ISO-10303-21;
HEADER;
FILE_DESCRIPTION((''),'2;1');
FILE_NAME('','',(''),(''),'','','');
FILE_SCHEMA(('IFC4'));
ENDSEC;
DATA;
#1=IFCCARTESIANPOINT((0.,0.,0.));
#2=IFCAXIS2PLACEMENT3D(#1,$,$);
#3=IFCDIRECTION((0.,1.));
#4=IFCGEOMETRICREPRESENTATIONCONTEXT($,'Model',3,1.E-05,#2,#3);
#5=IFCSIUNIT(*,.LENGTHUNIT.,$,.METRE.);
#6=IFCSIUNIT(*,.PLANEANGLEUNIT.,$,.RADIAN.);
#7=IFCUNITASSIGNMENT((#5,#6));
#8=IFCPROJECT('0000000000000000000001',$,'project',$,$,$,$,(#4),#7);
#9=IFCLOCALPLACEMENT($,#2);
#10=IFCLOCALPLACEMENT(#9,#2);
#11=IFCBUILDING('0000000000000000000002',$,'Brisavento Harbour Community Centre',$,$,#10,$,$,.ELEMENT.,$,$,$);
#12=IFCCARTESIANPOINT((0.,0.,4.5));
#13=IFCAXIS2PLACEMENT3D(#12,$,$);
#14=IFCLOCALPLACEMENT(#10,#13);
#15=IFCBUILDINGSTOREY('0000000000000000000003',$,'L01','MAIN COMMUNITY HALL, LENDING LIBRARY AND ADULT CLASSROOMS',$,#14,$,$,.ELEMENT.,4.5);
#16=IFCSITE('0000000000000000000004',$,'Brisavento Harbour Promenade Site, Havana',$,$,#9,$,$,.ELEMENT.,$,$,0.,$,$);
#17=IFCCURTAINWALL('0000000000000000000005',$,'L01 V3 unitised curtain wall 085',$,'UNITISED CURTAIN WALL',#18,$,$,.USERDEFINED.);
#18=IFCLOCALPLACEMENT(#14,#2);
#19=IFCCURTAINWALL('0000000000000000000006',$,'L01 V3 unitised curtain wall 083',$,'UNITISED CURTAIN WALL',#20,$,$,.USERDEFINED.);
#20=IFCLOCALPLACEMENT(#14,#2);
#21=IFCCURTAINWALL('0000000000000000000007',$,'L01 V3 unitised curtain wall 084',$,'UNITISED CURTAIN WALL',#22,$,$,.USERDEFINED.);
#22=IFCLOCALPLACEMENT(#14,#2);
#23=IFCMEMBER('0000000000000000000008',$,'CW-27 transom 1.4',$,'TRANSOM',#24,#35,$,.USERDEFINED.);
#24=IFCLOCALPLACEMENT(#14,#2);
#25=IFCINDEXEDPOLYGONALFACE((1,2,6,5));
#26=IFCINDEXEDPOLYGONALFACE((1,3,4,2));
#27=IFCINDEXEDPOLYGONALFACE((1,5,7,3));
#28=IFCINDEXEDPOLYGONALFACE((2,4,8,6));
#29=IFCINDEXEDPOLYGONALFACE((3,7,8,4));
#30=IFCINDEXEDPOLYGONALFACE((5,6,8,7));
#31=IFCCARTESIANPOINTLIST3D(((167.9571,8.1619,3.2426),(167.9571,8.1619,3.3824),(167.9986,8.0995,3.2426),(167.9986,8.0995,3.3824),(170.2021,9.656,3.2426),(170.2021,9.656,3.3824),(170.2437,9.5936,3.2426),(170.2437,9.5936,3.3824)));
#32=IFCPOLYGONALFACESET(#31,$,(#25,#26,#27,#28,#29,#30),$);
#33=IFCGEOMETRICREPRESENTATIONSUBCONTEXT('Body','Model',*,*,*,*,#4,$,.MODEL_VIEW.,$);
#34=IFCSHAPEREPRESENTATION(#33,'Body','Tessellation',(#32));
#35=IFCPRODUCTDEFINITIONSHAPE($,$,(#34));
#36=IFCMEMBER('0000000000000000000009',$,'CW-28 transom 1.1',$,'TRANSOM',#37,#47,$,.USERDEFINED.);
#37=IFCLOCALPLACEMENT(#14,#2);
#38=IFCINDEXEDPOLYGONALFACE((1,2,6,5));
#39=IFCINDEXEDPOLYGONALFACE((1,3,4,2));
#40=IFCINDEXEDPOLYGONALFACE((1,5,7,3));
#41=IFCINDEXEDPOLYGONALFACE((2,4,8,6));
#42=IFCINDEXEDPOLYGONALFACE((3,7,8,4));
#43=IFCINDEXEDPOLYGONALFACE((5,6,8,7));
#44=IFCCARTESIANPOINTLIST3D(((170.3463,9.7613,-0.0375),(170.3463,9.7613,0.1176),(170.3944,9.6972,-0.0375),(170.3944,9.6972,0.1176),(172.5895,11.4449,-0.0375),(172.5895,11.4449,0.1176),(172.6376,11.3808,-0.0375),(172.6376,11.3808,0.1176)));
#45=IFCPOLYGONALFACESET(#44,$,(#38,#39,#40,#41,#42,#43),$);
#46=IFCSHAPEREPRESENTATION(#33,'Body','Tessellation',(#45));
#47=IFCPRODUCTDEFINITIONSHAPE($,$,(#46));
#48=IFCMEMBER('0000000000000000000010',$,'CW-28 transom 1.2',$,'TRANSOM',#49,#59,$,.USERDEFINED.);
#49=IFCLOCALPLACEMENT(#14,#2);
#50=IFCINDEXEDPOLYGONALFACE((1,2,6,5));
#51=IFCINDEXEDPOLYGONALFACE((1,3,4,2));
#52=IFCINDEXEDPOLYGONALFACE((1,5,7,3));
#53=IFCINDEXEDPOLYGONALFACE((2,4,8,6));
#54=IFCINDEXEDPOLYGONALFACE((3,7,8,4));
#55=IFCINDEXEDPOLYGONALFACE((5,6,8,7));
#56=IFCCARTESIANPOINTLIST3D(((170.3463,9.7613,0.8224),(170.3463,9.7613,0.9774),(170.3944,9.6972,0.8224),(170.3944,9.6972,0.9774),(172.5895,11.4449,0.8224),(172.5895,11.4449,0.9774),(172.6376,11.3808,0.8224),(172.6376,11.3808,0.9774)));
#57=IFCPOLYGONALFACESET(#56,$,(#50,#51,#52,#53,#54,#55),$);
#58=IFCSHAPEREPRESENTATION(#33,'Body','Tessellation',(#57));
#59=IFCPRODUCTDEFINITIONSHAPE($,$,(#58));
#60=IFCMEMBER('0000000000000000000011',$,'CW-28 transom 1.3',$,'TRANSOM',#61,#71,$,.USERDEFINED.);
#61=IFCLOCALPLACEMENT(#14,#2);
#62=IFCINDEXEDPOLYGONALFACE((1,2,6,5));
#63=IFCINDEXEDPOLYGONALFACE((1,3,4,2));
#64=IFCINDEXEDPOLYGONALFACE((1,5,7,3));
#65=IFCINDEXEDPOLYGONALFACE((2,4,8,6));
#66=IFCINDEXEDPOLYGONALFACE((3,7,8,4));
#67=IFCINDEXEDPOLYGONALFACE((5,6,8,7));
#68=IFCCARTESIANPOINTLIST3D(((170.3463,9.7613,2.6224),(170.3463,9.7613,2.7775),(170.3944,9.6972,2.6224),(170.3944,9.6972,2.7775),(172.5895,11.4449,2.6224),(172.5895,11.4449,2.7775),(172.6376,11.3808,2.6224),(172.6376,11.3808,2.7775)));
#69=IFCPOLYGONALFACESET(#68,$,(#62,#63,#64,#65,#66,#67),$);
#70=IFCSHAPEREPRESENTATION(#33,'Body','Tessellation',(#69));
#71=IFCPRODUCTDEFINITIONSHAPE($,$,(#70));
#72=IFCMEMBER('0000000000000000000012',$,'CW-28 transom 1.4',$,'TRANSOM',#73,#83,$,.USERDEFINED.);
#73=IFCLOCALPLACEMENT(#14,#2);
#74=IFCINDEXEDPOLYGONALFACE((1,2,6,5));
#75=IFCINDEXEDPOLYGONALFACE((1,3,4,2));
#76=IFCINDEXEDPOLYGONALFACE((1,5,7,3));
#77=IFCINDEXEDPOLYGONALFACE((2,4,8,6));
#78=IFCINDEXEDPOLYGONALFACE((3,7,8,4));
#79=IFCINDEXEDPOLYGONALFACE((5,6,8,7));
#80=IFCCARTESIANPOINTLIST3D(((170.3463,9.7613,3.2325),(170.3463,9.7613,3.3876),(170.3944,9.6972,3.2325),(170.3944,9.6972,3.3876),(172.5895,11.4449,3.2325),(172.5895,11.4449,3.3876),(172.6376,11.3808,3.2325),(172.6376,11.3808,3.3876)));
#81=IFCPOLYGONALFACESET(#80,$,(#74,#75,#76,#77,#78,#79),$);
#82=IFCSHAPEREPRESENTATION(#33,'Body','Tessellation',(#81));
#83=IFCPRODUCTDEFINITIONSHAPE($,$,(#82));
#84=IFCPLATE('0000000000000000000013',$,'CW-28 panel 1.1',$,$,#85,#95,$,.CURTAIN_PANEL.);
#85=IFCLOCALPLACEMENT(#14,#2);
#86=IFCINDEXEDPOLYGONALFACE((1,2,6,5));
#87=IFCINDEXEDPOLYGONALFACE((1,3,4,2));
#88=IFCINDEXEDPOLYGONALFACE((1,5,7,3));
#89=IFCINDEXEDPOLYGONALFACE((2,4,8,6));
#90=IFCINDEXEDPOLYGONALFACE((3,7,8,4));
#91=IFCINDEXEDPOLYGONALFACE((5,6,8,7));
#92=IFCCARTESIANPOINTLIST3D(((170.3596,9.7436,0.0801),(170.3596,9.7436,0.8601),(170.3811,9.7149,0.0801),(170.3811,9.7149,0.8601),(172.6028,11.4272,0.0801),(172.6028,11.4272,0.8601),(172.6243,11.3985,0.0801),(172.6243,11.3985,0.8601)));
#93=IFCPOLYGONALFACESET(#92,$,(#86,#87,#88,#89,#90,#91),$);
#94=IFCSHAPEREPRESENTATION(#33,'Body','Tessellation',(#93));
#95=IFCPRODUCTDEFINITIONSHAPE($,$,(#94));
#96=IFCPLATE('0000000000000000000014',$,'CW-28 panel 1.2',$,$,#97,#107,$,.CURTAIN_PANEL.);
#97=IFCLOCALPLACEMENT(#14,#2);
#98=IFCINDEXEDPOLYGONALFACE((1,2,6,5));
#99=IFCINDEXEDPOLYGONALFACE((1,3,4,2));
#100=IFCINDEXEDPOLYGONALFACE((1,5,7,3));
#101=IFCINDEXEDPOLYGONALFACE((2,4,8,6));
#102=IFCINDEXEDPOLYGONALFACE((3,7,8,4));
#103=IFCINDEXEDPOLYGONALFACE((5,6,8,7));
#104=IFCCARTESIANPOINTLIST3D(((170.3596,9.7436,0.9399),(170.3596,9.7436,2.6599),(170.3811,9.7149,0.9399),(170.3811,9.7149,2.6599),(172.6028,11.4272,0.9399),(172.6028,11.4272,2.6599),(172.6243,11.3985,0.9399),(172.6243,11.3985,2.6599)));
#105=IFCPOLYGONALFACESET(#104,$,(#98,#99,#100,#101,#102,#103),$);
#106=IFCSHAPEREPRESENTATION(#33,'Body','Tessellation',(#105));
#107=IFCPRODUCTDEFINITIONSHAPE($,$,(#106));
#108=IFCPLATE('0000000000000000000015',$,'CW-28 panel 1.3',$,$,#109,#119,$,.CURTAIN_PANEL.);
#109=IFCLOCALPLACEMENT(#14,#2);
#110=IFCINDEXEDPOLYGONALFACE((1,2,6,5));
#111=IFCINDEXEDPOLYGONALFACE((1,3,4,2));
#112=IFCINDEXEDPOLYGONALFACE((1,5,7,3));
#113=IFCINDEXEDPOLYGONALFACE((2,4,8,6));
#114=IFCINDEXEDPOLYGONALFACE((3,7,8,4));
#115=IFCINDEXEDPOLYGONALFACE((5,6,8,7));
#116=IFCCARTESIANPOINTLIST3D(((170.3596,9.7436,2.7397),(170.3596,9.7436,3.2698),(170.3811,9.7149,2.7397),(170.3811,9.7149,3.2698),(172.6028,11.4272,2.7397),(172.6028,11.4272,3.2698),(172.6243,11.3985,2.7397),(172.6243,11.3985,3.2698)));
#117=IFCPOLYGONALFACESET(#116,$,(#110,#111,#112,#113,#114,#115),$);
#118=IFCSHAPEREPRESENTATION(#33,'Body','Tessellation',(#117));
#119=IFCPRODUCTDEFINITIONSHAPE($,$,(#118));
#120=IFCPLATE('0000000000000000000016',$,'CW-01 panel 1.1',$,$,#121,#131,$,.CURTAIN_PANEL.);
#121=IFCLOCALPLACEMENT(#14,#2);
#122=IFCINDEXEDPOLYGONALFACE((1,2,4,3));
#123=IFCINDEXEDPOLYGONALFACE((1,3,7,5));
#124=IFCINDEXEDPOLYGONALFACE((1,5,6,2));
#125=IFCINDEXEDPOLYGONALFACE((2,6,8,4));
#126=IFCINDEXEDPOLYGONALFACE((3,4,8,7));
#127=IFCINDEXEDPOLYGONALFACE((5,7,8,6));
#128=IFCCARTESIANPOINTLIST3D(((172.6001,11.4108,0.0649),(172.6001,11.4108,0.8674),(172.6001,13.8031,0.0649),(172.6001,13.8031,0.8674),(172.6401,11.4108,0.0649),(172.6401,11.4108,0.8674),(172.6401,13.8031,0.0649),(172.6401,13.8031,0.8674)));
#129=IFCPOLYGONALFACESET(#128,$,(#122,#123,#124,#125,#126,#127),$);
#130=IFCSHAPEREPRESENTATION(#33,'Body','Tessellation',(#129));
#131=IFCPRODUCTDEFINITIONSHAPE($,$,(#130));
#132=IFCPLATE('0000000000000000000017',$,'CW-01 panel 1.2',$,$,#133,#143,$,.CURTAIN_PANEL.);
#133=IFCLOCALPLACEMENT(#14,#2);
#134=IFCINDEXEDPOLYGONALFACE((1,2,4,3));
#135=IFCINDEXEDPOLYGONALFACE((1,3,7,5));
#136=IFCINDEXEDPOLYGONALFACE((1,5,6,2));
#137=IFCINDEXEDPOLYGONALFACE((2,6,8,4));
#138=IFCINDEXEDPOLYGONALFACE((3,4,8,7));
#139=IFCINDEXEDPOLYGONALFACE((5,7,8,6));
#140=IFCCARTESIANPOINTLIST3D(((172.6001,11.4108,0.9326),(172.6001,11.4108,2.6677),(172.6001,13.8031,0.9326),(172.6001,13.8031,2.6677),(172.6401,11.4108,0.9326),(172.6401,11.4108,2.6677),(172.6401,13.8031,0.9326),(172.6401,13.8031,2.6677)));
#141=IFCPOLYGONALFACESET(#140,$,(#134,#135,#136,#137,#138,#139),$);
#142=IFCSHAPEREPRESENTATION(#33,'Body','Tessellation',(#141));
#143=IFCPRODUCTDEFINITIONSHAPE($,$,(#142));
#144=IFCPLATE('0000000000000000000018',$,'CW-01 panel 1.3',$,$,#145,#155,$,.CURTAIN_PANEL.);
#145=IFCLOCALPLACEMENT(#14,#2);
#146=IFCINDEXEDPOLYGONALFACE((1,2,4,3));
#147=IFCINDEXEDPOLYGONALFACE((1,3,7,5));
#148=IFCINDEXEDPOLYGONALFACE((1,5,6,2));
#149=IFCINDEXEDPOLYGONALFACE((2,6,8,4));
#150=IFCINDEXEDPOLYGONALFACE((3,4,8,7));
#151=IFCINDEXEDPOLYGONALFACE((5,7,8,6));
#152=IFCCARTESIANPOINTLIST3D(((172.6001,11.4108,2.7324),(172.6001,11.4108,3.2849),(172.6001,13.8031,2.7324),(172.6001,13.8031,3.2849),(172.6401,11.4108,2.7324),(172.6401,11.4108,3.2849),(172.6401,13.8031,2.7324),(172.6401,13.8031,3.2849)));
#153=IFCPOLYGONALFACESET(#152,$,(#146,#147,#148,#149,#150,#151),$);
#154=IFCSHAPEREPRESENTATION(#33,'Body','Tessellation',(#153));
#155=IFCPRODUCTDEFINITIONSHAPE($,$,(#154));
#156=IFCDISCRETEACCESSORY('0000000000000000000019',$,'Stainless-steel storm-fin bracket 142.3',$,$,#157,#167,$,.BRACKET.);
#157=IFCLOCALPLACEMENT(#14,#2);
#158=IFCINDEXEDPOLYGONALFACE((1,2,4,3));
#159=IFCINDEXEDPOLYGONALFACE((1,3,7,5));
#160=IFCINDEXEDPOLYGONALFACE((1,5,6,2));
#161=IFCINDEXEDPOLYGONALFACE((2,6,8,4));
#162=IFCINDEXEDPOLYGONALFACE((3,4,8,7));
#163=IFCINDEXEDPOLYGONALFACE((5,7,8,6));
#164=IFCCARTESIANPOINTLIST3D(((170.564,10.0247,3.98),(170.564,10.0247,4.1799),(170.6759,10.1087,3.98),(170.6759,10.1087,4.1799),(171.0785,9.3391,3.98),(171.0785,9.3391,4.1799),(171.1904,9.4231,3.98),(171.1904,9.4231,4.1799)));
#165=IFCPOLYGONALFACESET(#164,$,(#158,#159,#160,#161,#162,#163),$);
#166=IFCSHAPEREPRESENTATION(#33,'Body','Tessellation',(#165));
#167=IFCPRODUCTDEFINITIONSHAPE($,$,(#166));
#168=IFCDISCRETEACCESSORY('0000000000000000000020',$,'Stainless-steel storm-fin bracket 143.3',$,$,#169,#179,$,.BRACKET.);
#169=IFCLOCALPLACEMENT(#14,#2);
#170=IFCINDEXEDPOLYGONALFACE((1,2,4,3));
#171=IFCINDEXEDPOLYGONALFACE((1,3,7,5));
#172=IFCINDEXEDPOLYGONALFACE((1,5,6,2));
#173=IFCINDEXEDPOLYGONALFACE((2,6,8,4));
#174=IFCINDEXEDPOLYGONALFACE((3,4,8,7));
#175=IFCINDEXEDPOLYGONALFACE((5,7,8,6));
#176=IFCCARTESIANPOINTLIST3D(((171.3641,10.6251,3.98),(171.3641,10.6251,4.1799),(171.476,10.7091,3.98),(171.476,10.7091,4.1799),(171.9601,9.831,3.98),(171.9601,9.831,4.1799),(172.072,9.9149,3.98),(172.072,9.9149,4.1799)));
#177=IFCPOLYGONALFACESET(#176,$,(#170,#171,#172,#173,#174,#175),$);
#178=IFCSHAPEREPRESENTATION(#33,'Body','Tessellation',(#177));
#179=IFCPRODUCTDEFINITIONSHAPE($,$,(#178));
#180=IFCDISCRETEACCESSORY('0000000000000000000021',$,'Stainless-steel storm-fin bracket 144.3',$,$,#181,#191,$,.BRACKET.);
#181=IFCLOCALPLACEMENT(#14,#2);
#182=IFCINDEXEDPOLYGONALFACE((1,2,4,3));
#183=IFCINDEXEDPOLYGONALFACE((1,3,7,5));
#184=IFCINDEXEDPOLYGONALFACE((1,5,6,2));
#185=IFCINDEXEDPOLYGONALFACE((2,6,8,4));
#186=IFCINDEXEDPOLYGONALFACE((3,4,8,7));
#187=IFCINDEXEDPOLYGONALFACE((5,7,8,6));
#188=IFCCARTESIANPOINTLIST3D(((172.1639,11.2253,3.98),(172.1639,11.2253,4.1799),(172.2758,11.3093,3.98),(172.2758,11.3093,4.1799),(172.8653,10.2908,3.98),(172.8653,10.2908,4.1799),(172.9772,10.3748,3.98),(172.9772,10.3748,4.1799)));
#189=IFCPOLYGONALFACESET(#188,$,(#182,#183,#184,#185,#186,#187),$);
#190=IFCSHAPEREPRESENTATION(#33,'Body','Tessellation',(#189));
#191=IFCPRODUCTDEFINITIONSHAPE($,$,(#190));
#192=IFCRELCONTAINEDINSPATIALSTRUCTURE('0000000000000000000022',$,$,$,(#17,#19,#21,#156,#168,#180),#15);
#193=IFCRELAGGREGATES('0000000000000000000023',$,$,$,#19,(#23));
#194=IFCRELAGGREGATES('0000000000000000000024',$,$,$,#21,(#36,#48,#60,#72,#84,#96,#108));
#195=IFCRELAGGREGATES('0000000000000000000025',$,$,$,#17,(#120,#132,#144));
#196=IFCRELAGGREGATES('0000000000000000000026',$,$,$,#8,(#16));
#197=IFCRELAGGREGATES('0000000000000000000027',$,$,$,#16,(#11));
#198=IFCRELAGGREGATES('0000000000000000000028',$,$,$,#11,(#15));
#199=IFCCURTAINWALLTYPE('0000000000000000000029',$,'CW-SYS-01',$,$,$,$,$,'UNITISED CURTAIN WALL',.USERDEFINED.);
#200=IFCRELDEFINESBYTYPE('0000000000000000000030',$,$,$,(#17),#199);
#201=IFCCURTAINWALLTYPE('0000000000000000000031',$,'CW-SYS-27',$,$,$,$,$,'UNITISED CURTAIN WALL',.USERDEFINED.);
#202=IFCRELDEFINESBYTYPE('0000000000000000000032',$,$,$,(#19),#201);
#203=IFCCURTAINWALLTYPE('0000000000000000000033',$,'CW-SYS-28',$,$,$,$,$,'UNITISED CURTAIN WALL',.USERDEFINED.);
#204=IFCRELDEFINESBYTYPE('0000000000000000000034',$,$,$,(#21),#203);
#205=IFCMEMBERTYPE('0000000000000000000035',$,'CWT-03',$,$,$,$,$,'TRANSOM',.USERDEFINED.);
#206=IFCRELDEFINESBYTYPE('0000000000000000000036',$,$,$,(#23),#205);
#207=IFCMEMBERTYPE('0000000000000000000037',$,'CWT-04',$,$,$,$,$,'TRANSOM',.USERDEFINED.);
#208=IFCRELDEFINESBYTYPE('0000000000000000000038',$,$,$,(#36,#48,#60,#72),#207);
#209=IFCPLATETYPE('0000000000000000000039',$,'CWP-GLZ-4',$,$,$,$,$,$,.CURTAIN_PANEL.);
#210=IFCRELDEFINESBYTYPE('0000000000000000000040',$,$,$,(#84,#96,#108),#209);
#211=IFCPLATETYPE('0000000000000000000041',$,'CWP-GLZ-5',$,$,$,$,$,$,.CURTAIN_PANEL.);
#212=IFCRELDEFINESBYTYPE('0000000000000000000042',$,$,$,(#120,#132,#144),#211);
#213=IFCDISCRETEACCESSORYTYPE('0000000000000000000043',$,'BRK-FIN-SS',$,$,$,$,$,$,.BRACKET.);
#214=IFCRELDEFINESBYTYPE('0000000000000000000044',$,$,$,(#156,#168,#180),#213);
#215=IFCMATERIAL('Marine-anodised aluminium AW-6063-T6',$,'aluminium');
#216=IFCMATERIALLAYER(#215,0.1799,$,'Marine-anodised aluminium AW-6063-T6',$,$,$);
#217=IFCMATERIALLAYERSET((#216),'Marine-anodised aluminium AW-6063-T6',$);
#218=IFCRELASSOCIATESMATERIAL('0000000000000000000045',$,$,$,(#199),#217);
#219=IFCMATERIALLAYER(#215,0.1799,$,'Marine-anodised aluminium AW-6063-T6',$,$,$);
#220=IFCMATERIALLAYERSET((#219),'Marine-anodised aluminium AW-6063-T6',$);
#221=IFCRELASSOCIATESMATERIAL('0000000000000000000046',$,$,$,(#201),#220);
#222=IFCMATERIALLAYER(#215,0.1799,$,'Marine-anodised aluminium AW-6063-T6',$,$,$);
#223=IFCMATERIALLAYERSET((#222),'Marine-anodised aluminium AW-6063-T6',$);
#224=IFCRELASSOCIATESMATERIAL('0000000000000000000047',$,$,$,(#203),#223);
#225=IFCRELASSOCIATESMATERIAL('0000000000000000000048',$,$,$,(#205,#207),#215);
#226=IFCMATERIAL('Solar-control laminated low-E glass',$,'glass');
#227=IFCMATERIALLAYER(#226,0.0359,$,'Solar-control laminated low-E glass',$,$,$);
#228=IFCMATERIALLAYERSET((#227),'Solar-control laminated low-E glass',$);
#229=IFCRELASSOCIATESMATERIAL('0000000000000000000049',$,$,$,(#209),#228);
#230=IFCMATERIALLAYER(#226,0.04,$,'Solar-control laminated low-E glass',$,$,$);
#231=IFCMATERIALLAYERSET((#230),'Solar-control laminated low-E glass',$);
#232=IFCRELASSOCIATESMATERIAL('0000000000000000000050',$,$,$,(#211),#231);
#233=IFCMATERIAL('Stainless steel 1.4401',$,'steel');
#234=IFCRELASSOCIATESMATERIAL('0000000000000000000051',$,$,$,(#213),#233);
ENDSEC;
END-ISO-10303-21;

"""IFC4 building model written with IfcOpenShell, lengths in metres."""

from ifc_helpers import new_model, si_unit, direction, frame, origin, origin_2d, place, context, subcontext, project, spatial, rectangle, extrude, material, layer, layer_set, material_profile, profile_set, type_object, element, aggregate, save


model = new_model("IFC4")

# Units and contexts
model_context = context("Model", 3, precision=1e-05, world=origin(), true_north=direction((0.0, 1.0)))
body_context = subcontext(model_context, "Body", "Model", "MODEL_VIEW")
ifc_project = project(units=[si_unit("LENGTHUNIT", "METRE"), si_unit("PLANEANGLEUNIT", "RADIAN")], contexts=[model_context])

# Site, building, storey
site_placement = place(None, origin())
site = spatial("IfcSite", under=ifc_project, at=site_placement, Name="Brisavento Harbour Promenade Site, Havana", CompositionType="ELEMENT", RefElevation=0.0)
building_placement = place(site_placement, origin())
building = spatial("IfcBuilding", under=site, at=building_placement, Name="Brisavento Harbour Community Centre", CompositionType="ELEMENT")
storey_placement = place(building_placement, frame((0.0, 0.0, 4.5)))
storey = spatial("IfcBuildingStorey", under=building, at=storey_placement, Name="L01", Description="MAIN COMMUNITY HALL, LENDING LIBRARY AND ADULT CLASSROOMS", CompositionType="ELEMENT", Elevation=4.5)

# Curtain wall
ifc_material_1 = material(Name="Marine-anodised aluminium AW-6063-T6", Category="aluminium")
ifc_layer_1 = layer(ifc_material_1, 0.1799, Name="Marine-anodised aluminium AW-6063-T6")
ifc_layer_set_1 = layer_set([ifc_layer_1], Name="Marine-anodised aluminium AW-6063-T6")
curtain_wall_type_1 = type_object("IfcCurtainWallType", Name="CW-SYS-01", ElementType="UNITISED CURTAIN WALL", PredefinedType="USERDEFINED", material=ifc_layer_set_1)
curtain_wall_1_placement = place(storey_placement, origin())
curtain_wall_1 = element("IfcCurtainWall", 1, at=curtain_wall_1_placement, inside=storey, type_object=curtain_wall_type_1, Name="L01 V3 unitised curtain wall 085", ObjectType="UNITISED CURTAIN WALL", PredefinedType="USERDEFINED")

# Curtain wall
ifc_layer_2 = layer(ifc_material_1, 0.1799, Name="Marine-anodised aluminium AW-6063-T6")
ifc_layer_set_2 = layer_set([ifc_layer_2], Name="Marine-anodised aluminium AW-6063-T6")
curtain_wall_type_2 = type_object("IfcCurtainWallType", Name="CW-SYS-27", ElementType="UNITISED CURTAIN WALL", PredefinedType="USERDEFINED", material=ifc_layer_set_2)
curtain_wall_2_placement = place(storey_placement, origin())
curtain_wall_2 = element("IfcCurtainWall", 2, at=curtain_wall_2_placement, inside=storey, type_object=curtain_wall_type_2, Name="L01 V3 unitised curtain wall 083", ObjectType="UNITISED CURTAIN WALL", PredefinedType="USERDEFINED")

# Curtain wall
ifc_layer_3 = layer(ifc_material_1, 0.1799, Name="Marine-anodised aluminium AW-6063-T6")
ifc_layer_set_3 = layer_set([ifc_layer_3], Name="Marine-anodised aluminium AW-6063-T6")
curtain_wall_type_3 = type_object("IfcCurtainWallType", Name="CW-SYS-28", ElementType="UNITISED CURTAIN WALL", PredefinedType="USERDEFINED", material=ifc_layer_set_3)
curtain_wall_3_placement = place(storey_placement, origin())
curtain_wall_3 = element("IfcCurtainWall", 3, at=curtain_wall_3_placement, inside=storey, type_object=curtain_wall_type_3, Name="L01 V3 unitised curtain wall 084", ObjectType="UNITISED CURTAIN WALL", PredefinedType="USERDEFINED")

# Members
ifc_material_profile_1 = material_profile(ifc_material_1, rectangle(XDim=0.075, YDim=0.1399, at=origin_2d()), Name="Marine-anodised aluminium AW-6063-T6")
ifc_profile_set_1 = profile_set([ifc_material_profile_1], Name="Marine-anodised aluminium AW-6063-T6")
member_type_1 = type_object("IfcMemberType", Name="CWT-03", ElementType="TRANSOM", PredefinedType="USERDEFINED", material=ifc_profile_set_1)
member_1_placement = place(storey_placement, frame((170.2229, 9.6248, 3.3125), z_axis=(-0.832496, -0.554032, 0.0), x_axis=(0.554032, -0.832496, 0.0)))
member_1 = element("IfcMember", 4, at=member_1_placement, type_object=member_type_1, Name="CW-27 transom 1.4", ObjectType="TRANSOM", PredefinedType="USERDEFINED", context=body_context, shape_type="SweptSolid", body=[
    extrude(rectangle(XDim=0.075, YDim=0.1399, at=origin_2d()), origin(), (0.0, 0.0, 1.0), 2.6968),
])
aggregate(curtain_wall_2, [member_1])
ifc_material_profile_2 = material_profile(ifc_material_1, rectangle(XDim=0.0801, YDim=0.155, at=origin_2d()), Name="Marine-anodised aluminium AW-6063-T6")
ifc_profile_set_2 = profile_set([ifc_material_profile_2], Name="Marine-anodised aluminium AW-6063-T6")
member_type_2 = type_object("IfcMemberType", Name="CWT-04", ElementType="TRANSOM", PredefinedType="USERDEFINED", material=ifc_profile_set_2)
member_2_placement = place(storey_placement, frame((172.6135, 11.4128, 0.04), z_axis=(-0.799791, -0.600279, 0.0), x_axis=(0.600279, -0.799791, 0.0)))
member_2 = element("IfcMember", 5, at=member_2_placement, type_object=member_type_2, Name="CW-28 transom 1.1", ObjectType="TRANSOM", PredefinedType="USERDEFINED", context=body_context, shape_type="SweptSolid", body=[
    extrude(rectangle(XDim=0.0801, YDim=0.155, at=origin_2d()), origin(), (0.0, 0.0, 1.0), 2.8047),
])
member_3_placement = place(storey_placement, frame((172.6135, 11.4128, 0.8999), z_axis=(-0.799791, -0.600279, 0.0), x_axis=(0.600279, -0.799791, 0.0)))
member_3 = element("IfcMember", 6, at=member_3_placement, type_object=member_type_2, Name="CW-28 transom 1.2", ObjectType="TRANSOM", PredefinedType="USERDEFINED", context=body_context, shape_type="SweptSolid", body=[
    extrude(rectangle(XDim=0.0801, YDim=0.155, at=origin_2d()), origin(), (0.0, 0.0, 1.0), 2.8047),
])
member_4_placement = place(storey_placement, frame((172.6135, 11.4128, 2.7), z_axis=(-0.799791, -0.600279, 0.0), x_axis=(0.600279, -0.799791, 0.0)))
member_4 = element("IfcMember", 7, at=member_4_placement, type_object=member_type_2, Name="CW-28 transom 1.3", ObjectType="TRANSOM", PredefinedType="USERDEFINED", context=body_context, shape_type="SweptSolid", body=[
    extrude(rectangle(XDim=0.0801, YDim=0.155, at=origin_2d()), origin(), (0.0, 0.0, 1.0), 2.8047),
])
member_5_placement = place(storey_placement, frame((172.6135, 11.4128, 3.3101), z_axis=(-0.799791, -0.600279, 0.0), x_axis=(0.600279, -0.799791, 0.0)))
member_5 = element("IfcMember", 8, at=member_5_placement, type_object=member_type_2, Name="CW-28 transom 1.4", ObjectType="TRANSOM", PredefinedType="USERDEFINED", context=body_context, shape_type="SweptSolid", body=[
    extrude(rectangle(XDim=0.0801, YDim=0.155, at=origin_2d()), origin(), (0.0, 0.0, 1.0), 2.8047),
])

# Plates
ifc_material_2 = material(Name="Solar-control laminated low-E glass", Category="glass")
ifc_layer_4 = layer(ifc_material_2, 0.0359, Name="Solar-control laminated low-E glass")
ifc_layer_set_4 = layer_set([ifc_layer_4], Name="Solar-control laminated low-E glass")
plate_type_1 = type_object("IfcPlateType", Name="CWP-GLZ-4", PredefinedType="CURTAIN_PANEL", material=ifc_layer_set_4)
plate_1_placement = place(storey_placement, frame((171.4919, 10.571, 0.0801), z_axis=(0.0, 0.0, 1.0), x_axis=(-0.799806, -0.600259, 0.0)))
plate_1 = element("IfcPlate", 9, at=plate_1_placement, type_object=plate_type_1, Name="CW-28 panel 1.1", PredefinedType="CURTAIN_PANEL", context=body_context, shape_type="SweptSolid", body=[
    extrude(rectangle(XDim=2.8047, YDim=0.0359, at=origin_2d()), origin(), (0.0, 0.0, 1.0), 0.78),
])
plate_2_placement = place(storey_placement, frame((171.4919, 10.571, 0.9399), z_axis=(0.0, 0.0, 1.0), x_axis=(-0.799806, -0.600259, 0.0)))
plate_2 = element("IfcPlate", 10, at=plate_2_placement, type_object=plate_type_1, Name="CW-28 panel 1.2", PredefinedType="CURTAIN_PANEL", context=body_context, shape_type="SweptSolid", body=[
    extrude(rectangle(XDim=2.8047, YDim=0.0359, at=origin_2d()), origin(), (0.0, 0.0, 1.0), 1.72),
])
plate_3_placement = place(storey_placement, frame((171.4919, 10.571, 2.7397), z_axis=(0.0, 0.0, 1.0), x_axis=(-0.799806, -0.600259, 0.0)))
plate_3 = element("IfcPlate", 11, at=plate_3_placement, type_object=plate_type_1, Name="CW-28 panel 1.3", PredefinedType="CURTAIN_PANEL", context=body_context, shape_type="SweptSolid", body=[
    extrude(rectangle(XDim=2.8047, YDim=0.0359, at=origin_2d()), origin(), (0.0, 0.0, 1.0), 0.53),
])
aggregate(curtain_wall_3, [member_2, member_3, member_4, member_5, plate_1, plate_2, plate_3])
ifc_layer_5 = layer(ifc_material_2, 0.04, Name="Solar-control laminated low-E glass")
ifc_layer_set_5 = layer_set([ifc_layer_5], Name="Solar-control laminated low-E glass")
plate_type_2 = type_object("IfcPlateType", Name="CWP-GLZ-5", PredefinedType="CURTAIN_PANEL", material=ifc_layer_set_5)
plate_4_placement = place(storey_placement, frame((172.6201, 12.6069, 0.0649), z_axis=(0.0, 0.0, 1.0), x_axis=(0.0, -1.0, 0.0)))
plate_4 = element("IfcPlate", 12, at=plate_4_placement, type_object=plate_type_2, Name="CW-01 panel 1.1", PredefinedType="CURTAIN_PANEL", context=body_context, shape_type="SweptSolid", body=[
    extrude(rectangle(XDim=2.3923, YDim=0.04, at=origin_2d()), origin(), (0.0, 0.0, 1.0), 0.8025),
])
plate_5_placement = place(storey_placement, frame((172.6201, 12.6069, 0.9326), z_axis=(0.0, 0.0, 1.0), x_axis=(0.0, -1.0, 0.0)))
plate_5 = element("IfcPlate", 13, at=plate_5_placement, type_object=plate_type_2, Name="CW-01 panel 1.2", PredefinedType="CURTAIN_PANEL", context=body_context, shape_type="SweptSolid", body=[
    extrude(rectangle(XDim=2.3923, YDim=0.04, at=origin_2d()), origin(), (0.0, 0.0, 1.0), 1.7351),
])
plate_6_placement = place(storey_placement, frame((172.6201, 12.6069, 2.7324), z_axis=(0.0, 0.0, 1.0), x_axis=(0.0, -1.0, 0.0)))
plate_6 = element("IfcPlate", 14, at=plate_6_placement, type_object=plate_type_2, Name="CW-01 panel 1.3", PredefinedType="CURTAIN_PANEL", context=body_context, shape_type="SweptSolid", body=[
    extrude(rectangle(XDim=2.3923, YDim=0.04, at=origin_2d()), origin(), (0.0, 0.0, 1.0), 0.5525),
])
aggregate(curtain_wall_1, [plate_4, plate_5, plate_6])

# Discrete accessories
ifc_material_3 = material(Name="Stainless steel 1.4401", Category="steel")
discrete_accessory_type = type_object("IfcDiscreteAccessoryType", Name="BRK-FIN-SS", PredefinedType="BRACKET", material=ifc_material_3)
discrete_accessory_1_placement = place(storey_placement, frame((170.8772, 9.7239, 3.98), z_axis=(0.0, 0.0, 1.0), x_axis=(0.600253, -0.79981, 0.0)))
element("IfcDiscreteAccessory", 15, at=discrete_accessory_1_placement, inside=storey, type_object=discrete_accessory_type, Name="Stainless-steel storm-fin bracket 142.3", PredefinedType="BRACKET", context=body_context, shape_type="SweptSolid", body=[
    extrude(rectangle(XDim=0.8572, YDim=0.1399, at=origin_2d()), origin(), (0.0, 0.0, 1.0), 0.2),
])
discrete_accessory_2_placement = place(storey_placement, frame((171.718, 10.27, 3.98), z_axis=(0.0, 0.0, 1.0), x_axis=(0.600253, -0.79981, 0.0)))
element("IfcDiscreteAccessory", 16, at=discrete_accessory_2_placement, inside=storey, type_object=discrete_accessory_type, Name="Stainless-steel storm-fin bracket 143.3", PredefinedType="BRACKET", context=body_context, shape_type="SweptSolid", body=[
    extrude(rectangle(XDim=0.9929, YDim=0.1399, at=origin_2d()), origin(), (0.0, 0.0, 1.0), 0.2),
])
discrete_accessory_3_placement = place(storey_placement, frame((172.5706, 10.8, 3.98), z_axis=(0.0, 0.0, 1.0), x_axis=(0.600253, -0.79981, 0.0)))
element("IfcDiscreteAccessory", 17, at=discrete_accessory_3_placement, inside=storey, type_object=discrete_accessory_type, Name="Stainless-steel storm-fin bracket 144.3", PredefinedType="BRACKET", context=body_context, shape_type="SweptSolid", body=[
    extrude(rectangle(XDim=1.1685, YDim=0.1399, at=origin_2d()), origin(), (0.0, 0.0, 1.0), 0.2),
])

save(model, "model.ifc")
